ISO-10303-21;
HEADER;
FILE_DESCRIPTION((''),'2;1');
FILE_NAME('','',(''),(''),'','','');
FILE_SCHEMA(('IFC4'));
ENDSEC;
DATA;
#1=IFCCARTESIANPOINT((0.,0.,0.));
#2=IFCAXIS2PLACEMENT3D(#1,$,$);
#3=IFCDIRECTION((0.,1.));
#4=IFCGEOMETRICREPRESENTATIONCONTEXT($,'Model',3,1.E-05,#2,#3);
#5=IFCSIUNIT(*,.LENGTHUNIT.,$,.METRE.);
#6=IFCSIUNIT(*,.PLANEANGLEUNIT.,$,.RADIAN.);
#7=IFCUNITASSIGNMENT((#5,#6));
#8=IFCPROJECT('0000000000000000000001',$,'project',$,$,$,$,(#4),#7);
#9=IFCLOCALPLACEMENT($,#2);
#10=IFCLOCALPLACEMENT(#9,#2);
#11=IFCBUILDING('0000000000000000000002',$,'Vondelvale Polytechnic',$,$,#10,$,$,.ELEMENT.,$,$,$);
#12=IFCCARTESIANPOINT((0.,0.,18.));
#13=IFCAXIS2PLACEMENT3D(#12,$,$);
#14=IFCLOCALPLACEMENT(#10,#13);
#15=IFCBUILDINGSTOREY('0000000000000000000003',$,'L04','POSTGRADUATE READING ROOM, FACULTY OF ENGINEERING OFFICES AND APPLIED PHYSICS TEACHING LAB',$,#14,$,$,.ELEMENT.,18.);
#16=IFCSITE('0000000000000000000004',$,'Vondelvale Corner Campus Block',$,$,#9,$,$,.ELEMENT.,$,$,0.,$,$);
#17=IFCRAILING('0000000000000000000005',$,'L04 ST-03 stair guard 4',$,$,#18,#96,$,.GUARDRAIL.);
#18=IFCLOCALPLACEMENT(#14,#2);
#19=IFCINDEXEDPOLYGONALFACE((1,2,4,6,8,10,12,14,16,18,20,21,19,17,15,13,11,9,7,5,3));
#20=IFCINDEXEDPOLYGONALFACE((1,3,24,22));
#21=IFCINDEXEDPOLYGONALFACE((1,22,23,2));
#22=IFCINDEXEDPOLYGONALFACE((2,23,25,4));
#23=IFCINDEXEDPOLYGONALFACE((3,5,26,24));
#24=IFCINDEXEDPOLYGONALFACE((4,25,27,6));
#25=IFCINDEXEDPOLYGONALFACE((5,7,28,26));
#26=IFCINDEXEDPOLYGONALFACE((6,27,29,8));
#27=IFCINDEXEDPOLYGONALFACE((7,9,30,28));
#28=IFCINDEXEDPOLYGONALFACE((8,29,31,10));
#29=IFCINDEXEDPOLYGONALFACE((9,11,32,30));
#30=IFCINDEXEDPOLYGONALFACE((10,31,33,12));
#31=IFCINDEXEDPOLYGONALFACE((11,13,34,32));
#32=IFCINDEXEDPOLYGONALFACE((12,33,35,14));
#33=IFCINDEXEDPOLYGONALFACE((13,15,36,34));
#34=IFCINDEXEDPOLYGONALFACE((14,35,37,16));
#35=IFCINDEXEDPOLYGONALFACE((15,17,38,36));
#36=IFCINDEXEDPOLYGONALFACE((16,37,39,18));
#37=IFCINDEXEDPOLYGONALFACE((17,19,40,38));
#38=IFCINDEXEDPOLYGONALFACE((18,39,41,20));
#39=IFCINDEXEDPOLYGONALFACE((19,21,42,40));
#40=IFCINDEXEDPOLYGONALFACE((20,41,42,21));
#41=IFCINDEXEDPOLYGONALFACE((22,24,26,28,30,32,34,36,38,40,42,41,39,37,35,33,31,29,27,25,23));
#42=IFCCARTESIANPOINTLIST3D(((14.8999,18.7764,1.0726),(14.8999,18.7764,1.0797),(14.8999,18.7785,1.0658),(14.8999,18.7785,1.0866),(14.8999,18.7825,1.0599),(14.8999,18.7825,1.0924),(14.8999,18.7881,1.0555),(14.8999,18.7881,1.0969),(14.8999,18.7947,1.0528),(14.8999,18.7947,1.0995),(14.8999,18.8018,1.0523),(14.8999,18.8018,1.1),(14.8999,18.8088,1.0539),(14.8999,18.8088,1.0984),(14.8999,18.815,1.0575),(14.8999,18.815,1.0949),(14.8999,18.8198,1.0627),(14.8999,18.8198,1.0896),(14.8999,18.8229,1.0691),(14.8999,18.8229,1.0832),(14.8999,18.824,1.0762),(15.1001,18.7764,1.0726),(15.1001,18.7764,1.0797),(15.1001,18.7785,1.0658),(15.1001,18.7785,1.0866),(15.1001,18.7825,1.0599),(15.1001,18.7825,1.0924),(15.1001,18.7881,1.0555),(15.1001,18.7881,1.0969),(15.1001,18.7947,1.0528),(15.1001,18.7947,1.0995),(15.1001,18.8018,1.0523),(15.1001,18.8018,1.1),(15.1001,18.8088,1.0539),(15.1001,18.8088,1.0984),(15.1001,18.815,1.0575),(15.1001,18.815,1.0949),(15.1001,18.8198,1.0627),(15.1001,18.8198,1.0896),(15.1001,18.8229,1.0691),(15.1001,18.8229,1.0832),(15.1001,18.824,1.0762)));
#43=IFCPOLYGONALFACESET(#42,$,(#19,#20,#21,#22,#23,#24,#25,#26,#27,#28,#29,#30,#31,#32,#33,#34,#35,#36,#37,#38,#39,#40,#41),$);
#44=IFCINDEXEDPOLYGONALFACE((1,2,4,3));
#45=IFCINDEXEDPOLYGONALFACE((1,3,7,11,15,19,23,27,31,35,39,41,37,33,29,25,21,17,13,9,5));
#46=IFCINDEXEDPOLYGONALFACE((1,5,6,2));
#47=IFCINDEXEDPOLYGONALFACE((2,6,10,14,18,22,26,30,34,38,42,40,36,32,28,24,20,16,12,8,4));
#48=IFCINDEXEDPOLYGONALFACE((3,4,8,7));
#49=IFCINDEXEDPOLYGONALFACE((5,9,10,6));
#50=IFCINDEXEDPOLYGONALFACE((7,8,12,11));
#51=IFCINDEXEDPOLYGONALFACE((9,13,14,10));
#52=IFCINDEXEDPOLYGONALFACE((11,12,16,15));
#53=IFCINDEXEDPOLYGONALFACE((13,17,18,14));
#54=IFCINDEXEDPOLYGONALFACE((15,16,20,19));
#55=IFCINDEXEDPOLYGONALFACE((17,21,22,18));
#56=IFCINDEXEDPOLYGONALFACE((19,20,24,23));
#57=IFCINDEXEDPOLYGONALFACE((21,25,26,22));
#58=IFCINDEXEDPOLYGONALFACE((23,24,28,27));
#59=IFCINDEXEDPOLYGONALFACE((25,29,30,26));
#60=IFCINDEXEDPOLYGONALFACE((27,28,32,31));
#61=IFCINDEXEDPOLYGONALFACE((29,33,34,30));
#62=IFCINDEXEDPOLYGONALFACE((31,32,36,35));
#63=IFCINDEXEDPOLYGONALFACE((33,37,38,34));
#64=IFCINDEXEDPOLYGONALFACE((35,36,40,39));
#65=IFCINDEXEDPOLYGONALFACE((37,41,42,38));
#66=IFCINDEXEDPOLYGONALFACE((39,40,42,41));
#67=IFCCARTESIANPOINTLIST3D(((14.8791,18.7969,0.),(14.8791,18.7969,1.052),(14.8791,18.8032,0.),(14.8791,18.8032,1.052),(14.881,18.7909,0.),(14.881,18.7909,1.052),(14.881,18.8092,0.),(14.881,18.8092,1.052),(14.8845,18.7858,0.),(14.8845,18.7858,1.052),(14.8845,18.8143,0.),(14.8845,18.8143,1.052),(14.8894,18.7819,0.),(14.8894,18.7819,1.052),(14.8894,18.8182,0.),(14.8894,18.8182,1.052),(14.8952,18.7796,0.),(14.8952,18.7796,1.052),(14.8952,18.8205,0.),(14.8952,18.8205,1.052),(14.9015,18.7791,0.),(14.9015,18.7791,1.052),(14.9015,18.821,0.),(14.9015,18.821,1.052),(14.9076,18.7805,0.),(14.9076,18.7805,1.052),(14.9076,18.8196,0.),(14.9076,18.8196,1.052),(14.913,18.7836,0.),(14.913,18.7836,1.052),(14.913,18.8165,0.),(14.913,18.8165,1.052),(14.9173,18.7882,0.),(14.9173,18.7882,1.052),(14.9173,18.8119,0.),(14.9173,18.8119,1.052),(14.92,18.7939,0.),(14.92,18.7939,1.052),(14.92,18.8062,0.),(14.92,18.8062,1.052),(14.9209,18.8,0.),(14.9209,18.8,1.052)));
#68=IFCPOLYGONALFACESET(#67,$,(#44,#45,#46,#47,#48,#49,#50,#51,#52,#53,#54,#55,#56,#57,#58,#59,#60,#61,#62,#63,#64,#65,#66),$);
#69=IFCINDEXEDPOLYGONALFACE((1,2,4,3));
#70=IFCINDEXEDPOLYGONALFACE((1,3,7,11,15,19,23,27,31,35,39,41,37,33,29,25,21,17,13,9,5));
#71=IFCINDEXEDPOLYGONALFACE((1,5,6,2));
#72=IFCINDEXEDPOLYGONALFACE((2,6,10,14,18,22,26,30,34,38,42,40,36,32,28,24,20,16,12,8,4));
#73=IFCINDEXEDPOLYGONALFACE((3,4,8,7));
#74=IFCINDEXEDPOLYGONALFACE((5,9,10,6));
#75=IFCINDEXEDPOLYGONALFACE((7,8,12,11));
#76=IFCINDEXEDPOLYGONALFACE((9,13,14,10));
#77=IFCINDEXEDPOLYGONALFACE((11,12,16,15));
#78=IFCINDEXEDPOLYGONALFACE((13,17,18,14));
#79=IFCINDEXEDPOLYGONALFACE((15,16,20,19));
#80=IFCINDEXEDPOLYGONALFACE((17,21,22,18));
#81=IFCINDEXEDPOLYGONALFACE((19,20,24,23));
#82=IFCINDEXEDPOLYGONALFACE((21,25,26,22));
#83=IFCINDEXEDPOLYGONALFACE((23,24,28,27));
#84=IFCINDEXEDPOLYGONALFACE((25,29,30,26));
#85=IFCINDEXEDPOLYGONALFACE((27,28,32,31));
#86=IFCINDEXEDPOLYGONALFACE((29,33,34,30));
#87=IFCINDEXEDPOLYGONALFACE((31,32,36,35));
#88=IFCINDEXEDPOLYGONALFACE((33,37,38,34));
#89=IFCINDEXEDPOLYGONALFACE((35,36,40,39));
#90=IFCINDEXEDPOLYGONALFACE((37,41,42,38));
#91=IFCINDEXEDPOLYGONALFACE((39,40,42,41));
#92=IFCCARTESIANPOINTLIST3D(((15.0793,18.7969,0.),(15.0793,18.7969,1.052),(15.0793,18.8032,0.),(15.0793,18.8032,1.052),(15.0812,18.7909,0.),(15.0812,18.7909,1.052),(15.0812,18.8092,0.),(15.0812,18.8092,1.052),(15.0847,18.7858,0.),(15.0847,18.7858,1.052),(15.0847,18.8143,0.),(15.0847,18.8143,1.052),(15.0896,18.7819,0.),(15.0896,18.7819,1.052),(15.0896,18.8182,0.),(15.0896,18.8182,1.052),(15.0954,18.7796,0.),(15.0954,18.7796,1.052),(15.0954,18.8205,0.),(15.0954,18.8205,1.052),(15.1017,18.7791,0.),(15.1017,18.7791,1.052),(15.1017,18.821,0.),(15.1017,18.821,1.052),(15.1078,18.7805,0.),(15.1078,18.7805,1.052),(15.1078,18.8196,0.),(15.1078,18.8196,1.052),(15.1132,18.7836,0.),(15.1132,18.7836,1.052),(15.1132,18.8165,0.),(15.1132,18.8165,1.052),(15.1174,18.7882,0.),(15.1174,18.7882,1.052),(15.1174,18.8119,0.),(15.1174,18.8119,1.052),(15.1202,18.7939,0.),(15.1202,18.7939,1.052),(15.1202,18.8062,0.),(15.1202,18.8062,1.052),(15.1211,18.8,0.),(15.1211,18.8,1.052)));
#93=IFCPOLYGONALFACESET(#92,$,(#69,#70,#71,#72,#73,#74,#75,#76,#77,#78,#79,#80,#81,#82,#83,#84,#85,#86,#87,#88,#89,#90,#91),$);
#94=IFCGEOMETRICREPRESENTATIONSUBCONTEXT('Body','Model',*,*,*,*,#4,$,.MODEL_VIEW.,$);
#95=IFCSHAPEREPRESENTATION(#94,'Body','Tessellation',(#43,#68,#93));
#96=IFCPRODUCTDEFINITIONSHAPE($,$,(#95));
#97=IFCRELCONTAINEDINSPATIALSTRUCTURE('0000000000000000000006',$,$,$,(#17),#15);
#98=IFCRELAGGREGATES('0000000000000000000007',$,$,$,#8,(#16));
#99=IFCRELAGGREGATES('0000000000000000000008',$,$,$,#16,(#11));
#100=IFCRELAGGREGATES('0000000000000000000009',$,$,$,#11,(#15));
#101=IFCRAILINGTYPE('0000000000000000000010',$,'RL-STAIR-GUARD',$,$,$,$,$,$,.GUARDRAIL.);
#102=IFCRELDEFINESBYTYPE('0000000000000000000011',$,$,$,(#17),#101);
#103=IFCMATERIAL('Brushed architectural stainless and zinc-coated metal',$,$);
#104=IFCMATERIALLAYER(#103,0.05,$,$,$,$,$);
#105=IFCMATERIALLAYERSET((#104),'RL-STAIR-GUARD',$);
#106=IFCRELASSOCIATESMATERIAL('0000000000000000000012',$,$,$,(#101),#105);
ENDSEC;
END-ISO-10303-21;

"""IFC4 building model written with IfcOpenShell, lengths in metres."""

from ifc_helpers import new_model, si_unit, direction, frame, origin, origin_2d, place, context, subcontext, project, spatial, circle, extrude, material, layer, layer_set, type_object, element, save


model = new_model("IFC4")

# Units and contexts
model_context = context("Model", 3, precision=1e-05, world=origin(), true_north=direction((0.0, 1.0)))
body_context = subcontext(model_context, "Body", "Model", "MODEL_VIEW")
ifc_project = project(units=[si_unit("LENGTHUNIT", "METRE"), si_unit("PLANEANGLEUNIT", "RADIAN")], contexts=[model_context])

# Site, building, storey
site_placement = place(None, origin())
site = spatial("IfcSite", under=ifc_project, at=site_placement, Name="Vondelvale Corner Campus Block", CompositionType="ELEMENT", RefElevation=0.0)
building_placement = place(site_placement, origin())
building = spatial("IfcBuilding", under=site, at=building_placement, Name="Vondelvale Polytechnic", CompositionType="ELEMENT")
storey_placement = place(building_placement, frame((0.0, 0.0, 18.0)))
storey = spatial("IfcBuildingStorey", under=building, at=storey_placement, Name="L04", Description="POSTGRADUATE READING ROOM, FACULTY OF ENGINEERING OFFICES AND APPLIED PHYSICS TEACHING LAB", CompositionType="ELEMENT", Elevation=18.0)

# Shared definitions
ifc_material_1 = material(Name="Brushed architectural stainless and zinc-coated metal")

# Railing
ifc_layer_1 = layer(ifc_material_1, 0.05)
ifc_layer_set_1 = layer_set([ifc_layer_1], Name="RL-STAIR-GUARD")
railing_type_1 = type_object("IfcRailingType", Name="RL-STAIR-GUARD", PredefinedType="GUARDRAIL", material=ifc_layer_set_1)
railing_1_placement = place(storey_placement, frame((14.8999, 18.8, 0.0)))
element("IfcRailing", 1, at=railing_1_placement, inside=storey, type_object=railing_type_1, Name="L04 ST-03 stair guard 4", PredefinedType="GUARDRAIL", context=body_context, shape_type="SweptSolid", body=[
    extrude(circle(Radius=0.0239, at=origin_2d()), frame((0.0, 0.0, 1.0762), z_axis=(1.0, 0.0, 0.0), x_axis=(0.0, 1.0, 0.0)), (0.0, 0.0, 1.0), 0.2002),
    extrude(circle(Radius=0.021, at=origin_2d()), origin(), (0.0, 0.0, 1.0), 1.052),
    extrude(circle(Radius=0.021, at=origin_2d()), frame((0.2002, 0.0, 0.0)), (0.0, 0.0, 1.0), 1.052),
])

save(model, "model.ifc")
